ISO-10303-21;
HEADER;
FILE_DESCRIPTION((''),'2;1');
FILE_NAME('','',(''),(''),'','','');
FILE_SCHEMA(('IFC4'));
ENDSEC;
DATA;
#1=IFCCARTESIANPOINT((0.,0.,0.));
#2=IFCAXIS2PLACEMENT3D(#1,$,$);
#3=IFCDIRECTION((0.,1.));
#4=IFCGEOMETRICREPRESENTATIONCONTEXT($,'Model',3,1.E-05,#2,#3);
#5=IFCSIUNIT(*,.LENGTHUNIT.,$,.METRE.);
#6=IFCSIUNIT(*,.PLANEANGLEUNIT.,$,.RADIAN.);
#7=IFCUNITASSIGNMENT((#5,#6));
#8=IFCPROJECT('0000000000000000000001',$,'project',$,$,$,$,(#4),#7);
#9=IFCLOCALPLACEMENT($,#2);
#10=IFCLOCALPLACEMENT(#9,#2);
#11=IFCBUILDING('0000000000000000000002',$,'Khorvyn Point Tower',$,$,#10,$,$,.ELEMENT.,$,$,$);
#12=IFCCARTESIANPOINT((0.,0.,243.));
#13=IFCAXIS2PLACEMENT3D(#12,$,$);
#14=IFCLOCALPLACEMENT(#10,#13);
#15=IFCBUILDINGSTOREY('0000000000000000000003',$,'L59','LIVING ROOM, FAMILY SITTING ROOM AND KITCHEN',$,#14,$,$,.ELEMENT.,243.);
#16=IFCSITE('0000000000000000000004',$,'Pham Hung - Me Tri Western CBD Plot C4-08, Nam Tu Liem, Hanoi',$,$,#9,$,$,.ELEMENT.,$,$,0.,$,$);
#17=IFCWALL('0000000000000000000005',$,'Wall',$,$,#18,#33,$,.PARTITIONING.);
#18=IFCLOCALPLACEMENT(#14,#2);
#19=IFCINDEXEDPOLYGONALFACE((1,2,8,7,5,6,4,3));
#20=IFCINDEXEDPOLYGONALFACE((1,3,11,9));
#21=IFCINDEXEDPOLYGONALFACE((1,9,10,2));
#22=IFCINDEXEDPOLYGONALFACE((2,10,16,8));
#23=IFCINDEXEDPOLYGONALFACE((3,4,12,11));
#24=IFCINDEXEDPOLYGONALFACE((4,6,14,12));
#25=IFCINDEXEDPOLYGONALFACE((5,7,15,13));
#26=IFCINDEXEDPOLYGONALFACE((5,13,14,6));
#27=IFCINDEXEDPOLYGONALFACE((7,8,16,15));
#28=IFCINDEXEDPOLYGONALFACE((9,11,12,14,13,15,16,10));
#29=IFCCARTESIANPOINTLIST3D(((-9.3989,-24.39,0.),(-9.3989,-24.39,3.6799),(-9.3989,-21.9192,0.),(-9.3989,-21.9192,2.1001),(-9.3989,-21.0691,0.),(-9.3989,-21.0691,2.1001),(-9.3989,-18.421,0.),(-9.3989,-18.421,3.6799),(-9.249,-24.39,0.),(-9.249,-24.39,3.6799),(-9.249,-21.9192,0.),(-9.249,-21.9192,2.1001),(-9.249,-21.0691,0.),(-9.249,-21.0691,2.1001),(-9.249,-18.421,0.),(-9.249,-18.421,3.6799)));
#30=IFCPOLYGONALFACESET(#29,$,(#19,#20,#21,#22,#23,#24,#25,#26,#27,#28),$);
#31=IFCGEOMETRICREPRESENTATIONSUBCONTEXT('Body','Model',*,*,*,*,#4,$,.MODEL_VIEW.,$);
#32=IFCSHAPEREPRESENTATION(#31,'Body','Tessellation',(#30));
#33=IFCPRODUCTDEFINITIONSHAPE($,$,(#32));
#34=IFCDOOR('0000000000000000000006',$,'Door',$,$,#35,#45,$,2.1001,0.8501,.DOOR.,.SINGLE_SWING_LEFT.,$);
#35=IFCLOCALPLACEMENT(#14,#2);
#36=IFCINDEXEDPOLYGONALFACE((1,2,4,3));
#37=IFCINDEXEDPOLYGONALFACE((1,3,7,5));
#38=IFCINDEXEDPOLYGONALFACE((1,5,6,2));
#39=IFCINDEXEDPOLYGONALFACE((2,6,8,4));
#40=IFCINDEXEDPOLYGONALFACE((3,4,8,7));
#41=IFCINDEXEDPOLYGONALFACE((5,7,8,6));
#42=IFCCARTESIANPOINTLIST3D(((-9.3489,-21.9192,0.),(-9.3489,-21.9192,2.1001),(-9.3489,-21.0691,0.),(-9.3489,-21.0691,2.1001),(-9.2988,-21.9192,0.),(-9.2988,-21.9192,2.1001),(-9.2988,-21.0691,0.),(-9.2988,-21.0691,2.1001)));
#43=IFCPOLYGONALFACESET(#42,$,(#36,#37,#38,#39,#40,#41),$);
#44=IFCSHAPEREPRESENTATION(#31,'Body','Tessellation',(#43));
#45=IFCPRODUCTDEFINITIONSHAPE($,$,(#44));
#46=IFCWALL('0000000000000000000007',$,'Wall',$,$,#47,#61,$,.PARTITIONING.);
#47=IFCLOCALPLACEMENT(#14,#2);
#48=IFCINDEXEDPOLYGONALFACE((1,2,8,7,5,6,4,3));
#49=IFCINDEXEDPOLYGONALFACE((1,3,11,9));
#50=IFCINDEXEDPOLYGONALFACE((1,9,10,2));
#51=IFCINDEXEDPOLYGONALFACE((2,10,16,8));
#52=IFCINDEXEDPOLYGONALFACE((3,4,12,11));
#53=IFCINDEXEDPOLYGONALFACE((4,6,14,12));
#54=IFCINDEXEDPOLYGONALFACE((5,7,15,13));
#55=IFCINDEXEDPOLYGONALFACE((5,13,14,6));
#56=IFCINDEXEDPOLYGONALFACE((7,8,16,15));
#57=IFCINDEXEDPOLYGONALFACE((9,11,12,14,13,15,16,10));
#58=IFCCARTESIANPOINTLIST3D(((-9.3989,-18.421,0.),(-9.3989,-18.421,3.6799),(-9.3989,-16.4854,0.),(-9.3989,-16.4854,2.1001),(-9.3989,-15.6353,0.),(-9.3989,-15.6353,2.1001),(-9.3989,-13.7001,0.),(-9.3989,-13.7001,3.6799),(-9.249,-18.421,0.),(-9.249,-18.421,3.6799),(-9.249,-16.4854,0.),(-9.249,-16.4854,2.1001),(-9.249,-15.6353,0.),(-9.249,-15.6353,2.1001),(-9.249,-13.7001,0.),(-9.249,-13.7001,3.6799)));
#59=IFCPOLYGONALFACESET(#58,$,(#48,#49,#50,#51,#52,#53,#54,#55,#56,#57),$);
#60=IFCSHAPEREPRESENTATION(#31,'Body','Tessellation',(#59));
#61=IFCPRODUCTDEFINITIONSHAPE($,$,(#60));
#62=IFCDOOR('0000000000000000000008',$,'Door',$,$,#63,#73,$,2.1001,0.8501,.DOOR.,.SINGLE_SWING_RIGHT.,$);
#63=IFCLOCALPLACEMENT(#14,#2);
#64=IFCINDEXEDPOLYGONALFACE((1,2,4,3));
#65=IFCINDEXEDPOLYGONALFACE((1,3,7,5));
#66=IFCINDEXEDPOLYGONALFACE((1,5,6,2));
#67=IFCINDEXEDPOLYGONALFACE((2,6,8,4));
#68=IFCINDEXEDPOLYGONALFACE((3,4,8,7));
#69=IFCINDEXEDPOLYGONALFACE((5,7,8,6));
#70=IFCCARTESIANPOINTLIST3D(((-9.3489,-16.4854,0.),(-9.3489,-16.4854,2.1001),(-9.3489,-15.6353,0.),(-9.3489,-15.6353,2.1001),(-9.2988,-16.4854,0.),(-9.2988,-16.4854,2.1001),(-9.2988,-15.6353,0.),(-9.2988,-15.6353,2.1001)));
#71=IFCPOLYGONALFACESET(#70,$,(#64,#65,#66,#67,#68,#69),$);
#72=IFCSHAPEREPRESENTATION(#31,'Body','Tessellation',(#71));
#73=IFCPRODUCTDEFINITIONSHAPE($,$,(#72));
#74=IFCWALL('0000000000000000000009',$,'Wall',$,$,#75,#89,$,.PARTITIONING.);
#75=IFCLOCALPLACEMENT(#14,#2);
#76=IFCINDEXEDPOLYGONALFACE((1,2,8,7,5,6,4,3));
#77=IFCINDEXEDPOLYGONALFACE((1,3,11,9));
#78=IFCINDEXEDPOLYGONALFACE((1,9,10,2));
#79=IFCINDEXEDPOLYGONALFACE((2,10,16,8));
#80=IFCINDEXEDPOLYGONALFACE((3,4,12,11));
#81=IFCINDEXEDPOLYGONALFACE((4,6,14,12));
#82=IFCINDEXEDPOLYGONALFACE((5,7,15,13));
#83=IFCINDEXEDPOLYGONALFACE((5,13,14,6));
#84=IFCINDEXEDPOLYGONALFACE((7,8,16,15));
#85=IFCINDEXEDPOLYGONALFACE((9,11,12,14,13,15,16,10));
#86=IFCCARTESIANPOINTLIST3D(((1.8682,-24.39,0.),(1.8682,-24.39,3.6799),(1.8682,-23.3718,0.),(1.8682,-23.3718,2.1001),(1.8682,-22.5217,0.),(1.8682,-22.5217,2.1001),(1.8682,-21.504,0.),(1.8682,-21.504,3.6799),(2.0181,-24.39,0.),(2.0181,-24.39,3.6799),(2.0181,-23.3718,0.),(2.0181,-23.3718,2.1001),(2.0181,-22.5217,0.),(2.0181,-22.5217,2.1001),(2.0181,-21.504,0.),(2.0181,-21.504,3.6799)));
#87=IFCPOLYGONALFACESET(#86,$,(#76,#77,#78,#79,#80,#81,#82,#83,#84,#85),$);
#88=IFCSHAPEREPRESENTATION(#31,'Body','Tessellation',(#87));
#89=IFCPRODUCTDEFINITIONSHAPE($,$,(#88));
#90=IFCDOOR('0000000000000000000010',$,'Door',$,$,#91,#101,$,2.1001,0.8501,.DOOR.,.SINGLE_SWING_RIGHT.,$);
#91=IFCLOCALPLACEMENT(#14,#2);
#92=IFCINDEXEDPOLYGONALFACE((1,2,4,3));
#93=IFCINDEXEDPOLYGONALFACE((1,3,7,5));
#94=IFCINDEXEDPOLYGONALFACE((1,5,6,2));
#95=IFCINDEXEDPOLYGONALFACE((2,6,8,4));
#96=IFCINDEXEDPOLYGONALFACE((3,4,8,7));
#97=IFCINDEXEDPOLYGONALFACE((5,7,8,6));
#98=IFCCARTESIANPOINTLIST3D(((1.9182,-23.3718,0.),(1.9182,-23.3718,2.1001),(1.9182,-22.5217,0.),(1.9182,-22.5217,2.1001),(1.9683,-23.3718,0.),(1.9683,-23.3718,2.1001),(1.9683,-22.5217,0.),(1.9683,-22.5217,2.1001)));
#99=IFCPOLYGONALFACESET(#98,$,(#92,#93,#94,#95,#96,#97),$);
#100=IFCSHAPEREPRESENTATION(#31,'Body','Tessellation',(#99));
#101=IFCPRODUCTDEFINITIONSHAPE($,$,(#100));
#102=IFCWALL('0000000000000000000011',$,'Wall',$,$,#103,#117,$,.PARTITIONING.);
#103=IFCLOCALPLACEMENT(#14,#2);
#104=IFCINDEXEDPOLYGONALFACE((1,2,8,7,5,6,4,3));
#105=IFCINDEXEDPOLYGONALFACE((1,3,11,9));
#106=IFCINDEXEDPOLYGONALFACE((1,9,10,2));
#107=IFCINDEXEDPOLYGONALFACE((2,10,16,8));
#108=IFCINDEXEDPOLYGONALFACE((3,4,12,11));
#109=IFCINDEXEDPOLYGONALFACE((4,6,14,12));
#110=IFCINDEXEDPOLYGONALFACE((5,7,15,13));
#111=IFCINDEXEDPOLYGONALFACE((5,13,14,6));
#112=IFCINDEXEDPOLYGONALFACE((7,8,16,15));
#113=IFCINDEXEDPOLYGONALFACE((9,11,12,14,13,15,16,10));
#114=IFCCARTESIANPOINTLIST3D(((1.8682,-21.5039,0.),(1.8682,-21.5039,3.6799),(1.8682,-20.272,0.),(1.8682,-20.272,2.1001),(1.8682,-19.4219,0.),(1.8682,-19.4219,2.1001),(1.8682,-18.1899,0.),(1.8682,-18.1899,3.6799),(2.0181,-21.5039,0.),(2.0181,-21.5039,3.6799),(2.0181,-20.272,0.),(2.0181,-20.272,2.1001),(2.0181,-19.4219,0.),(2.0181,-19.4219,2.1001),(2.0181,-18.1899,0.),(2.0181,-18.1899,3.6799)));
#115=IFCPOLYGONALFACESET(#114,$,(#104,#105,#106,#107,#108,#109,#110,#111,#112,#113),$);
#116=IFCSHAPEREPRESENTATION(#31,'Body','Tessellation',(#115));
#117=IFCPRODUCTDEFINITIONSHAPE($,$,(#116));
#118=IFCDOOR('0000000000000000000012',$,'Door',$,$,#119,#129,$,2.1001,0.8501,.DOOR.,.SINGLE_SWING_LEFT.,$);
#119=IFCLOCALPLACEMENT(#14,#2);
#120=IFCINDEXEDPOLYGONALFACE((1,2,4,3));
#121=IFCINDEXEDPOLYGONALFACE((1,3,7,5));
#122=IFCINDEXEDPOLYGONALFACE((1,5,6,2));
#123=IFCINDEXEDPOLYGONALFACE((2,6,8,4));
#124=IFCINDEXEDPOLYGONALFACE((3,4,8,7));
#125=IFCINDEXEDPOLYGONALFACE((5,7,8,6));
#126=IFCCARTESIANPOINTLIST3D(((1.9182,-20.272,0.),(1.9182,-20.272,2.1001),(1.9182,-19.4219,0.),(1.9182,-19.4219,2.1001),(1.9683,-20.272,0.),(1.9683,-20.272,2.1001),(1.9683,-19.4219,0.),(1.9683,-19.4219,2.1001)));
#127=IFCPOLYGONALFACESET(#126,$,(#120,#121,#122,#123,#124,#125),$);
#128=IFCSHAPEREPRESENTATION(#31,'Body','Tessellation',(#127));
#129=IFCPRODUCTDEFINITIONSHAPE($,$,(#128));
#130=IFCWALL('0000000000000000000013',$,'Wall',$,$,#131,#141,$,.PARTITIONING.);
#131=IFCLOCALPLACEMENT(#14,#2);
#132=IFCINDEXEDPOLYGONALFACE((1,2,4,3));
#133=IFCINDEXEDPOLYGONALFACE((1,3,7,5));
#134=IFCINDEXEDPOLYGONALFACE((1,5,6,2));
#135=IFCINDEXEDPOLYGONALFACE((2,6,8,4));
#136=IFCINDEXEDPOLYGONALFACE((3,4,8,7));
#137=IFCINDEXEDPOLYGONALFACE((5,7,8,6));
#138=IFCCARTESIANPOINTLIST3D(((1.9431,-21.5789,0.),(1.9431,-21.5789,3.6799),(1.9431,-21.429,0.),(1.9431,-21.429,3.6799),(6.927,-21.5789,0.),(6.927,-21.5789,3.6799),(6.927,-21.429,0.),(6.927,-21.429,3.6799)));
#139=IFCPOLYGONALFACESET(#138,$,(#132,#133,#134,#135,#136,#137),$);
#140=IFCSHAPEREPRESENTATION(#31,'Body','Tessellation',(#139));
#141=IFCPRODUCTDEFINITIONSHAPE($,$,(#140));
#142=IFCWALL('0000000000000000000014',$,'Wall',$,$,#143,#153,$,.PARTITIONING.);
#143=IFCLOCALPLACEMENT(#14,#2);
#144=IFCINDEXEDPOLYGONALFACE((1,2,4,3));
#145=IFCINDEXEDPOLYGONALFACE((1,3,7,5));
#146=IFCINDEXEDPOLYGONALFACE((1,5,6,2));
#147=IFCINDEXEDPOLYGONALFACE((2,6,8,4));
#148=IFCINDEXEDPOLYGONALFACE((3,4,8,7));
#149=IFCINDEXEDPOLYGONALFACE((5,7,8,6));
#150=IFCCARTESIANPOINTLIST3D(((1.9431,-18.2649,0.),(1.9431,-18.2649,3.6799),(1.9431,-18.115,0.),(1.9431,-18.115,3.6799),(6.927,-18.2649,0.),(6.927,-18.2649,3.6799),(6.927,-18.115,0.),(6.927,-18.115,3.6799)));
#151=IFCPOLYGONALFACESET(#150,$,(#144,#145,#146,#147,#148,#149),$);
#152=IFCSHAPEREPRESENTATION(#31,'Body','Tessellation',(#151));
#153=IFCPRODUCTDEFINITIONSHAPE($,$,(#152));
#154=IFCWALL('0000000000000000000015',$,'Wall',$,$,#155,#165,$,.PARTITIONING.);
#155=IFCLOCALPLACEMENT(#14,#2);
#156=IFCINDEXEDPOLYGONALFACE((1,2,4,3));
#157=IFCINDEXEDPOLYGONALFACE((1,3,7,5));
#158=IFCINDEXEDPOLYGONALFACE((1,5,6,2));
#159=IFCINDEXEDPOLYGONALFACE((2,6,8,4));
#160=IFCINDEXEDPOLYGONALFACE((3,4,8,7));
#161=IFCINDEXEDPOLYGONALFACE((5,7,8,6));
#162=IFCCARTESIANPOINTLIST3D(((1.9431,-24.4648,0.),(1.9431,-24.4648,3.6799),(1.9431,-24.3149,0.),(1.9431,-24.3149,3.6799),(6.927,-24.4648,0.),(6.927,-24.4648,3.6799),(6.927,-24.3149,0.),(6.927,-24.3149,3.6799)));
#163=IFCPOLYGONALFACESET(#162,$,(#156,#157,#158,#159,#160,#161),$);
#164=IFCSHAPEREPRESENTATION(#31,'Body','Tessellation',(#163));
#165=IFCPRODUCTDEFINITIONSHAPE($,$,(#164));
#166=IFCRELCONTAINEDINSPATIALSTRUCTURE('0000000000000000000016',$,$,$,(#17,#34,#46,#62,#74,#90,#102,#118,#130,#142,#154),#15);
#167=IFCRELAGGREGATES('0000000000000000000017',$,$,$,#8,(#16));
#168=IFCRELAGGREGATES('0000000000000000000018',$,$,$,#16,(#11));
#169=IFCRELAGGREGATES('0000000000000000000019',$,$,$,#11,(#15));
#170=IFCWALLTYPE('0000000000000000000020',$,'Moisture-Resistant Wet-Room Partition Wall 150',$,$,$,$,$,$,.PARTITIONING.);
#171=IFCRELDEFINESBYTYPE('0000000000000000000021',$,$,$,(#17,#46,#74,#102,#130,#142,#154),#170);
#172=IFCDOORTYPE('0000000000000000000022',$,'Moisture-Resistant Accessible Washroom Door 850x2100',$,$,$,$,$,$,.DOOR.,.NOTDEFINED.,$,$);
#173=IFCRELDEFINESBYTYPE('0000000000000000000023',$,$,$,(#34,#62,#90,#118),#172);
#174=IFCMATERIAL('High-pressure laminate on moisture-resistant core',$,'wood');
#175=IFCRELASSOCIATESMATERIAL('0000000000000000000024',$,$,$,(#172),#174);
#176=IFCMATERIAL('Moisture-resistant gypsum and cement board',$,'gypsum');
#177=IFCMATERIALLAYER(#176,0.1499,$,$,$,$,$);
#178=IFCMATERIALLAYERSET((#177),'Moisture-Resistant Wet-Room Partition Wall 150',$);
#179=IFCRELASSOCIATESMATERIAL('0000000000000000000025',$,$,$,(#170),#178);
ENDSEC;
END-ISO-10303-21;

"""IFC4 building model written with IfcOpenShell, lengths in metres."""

from ifc_helpers import new_model, si_unit, direction, frame, frame_2d, origin, place, context, subcontext, project, spatial, rectangle, extrude, material, layer, layer_set, type_object, element, fill, save


model = new_model("IFC4")

# Units and contexts
model_context = context("Model", 3, precision=1e-05, world=origin(), true_north=direction((0.0, 1.0)))
body_context = subcontext(model_context, "Body", "Model", "MODEL_VIEW")
ifc_project = project(units=[si_unit("LENGTHUNIT", "METRE"), si_unit("PLANEANGLEUNIT", "RADIAN")], contexts=[model_context])

# Site, building, storey
site_placement = place(None, origin())
site = spatial("IfcSite", under=ifc_project, at=site_placement, Name="Pham Hung - Me Tri Western CBD Plot C4-08, Nam Tu Liem, Hanoi", CompositionType="ELEMENT", RefElevation=0.0)
building_placement = place(site_placement, origin())
building = spatial("IfcBuilding", under=site, at=building_placement, Name="Khorvyn Point Tower", CompositionType="ELEMENT")
storey_placement = place(building_placement, frame((0.0, 0.0, 243.0)))
storey = spatial("IfcBuildingStorey", under=building, at=storey_placement, Name="L59", Description="LIVING ROOM, FAMILY SITTING ROOM AND KITCHEN", CompositionType="ELEMENT", Elevation=243.0)

# Walls, openings, doors
ifc_material_1 = material(Name="High-pressure laminate on moisture-resistant core", Category="wood")
door_type_1 = type_object("IfcDoorType", Name="Moisture-Resistant Accessible Washroom Door 850x2100", OperationType="NOTDEFINED", PredefinedType="DOOR", material=ifc_material_1)
ifc_material_2 = material(Name="Moisture-resistant gypsum and cement board", Category="gypsum")
ifc_layer_1 = layer(ifc_material_2, 0.1499)
ifc_layer_set_1 = layer_set([ifc_layer_1], Name="Moisture-Resistant Wet-Room Partition Wall 150")
wall_type_1 = type_object("IfcWallType", Name="Moisture-Resistant Wet-Room Partition Wall 150", PredefinedType="PARTITIONING", material=ifc_layer_set_1)
wall_1_placement = place(storey_placement, frame((-9.324, -24.3899, 0.0), z_axis=(0.0, 0.0, 1.0), x_axis=(0.0, 1.0, 0.0)))
wall_1 = element("IfcWall", 1, at=wall_1_placement, inside=storey, type_object=wall_type_1, Name="Wall", PredefinedType="PARTITIONING", context=body_context, shape_type="SweptSolid", body=[
    extrude(rectangle(XDim=5.969, YDim=0.1499, at=frame_2d((2.9844, 0.0))), origin(), (0.0, 0.0, 1.0), 3.6799),
])
opening_1_placement = place(wall_1_placement, frame((2.4707, 0.0, 0.0)))
opening_1 = element("IfcOpeningElement", 2, at=opening_1_placement, cuts=wall_1, PredefinedType="OPENING", context=body_context, shape_type="SweptSolid", body=[
    extrude(rectangle(XDim=0.8501, YDim=2.1001, at=frame_2d((0.425, 1.05))), frame((0.0, 0.085, 0.0), z_axis=(0.0, -1.0, 0.0), x_axis=(1.0, 0.0, 0.0)), (0.0, 0.0, 1.0), 0.1699),
])
door_1_placement = place(opening_1_placement, origin())
door_1 = element("IfcDoor", 3, at=door_1_placement, inside=storey, type_object=door_type_1, Name="Door", OperationType="SINGLE_SWING_LEFT", OverallHeight=2.1001, OverallWidth=0.8501, PredefinedType="DOOR", context=body_context, shape_type="SweptSolid", body=[
    extrude(rectangle(XDim=0.8501, YDim=2.1001, at=frame_2d((0.425, 1.05))), frame((0.0, 0.0249, 0.0), z_axis=(0.0, -1.0, 0.0), x_axis=(1.0, 0.0, 0.0)), (0.0, 0.0, 1.0), 0.05),
])
fill(opening_1, door_1)
wall_2_placement = place(storey_placement, frame((-9.324, -18.4209, 0.0), z_axis=(0.0, 0.0, 1.0), x_axis=(0.0, 1.0, 0.0)))
wall_2 = element("IfcWall", 4, at=wall_2_placement, inside=storey, type_object=wall_type_1, Name="Wall", PredefinedType="PARTITIONING", context=body_context, shape_type="SweptSolid", body=[
    extrude(rectangle(XDim=4.7209, YDim=0.1499, at=frame_2d((2.3604, 0.0))), origin(), (0.0, 0.0, 1.0), 3.6799),
])
opening_2_placement = place(wall_2_placement, frame((1.9355, 0.0, 0.0)))
opening_2 = element("IfcOpeningElement", 5, at=opening_2_placement, cuts=wall_2, PredefinedType="OPENING", context=body_context, shape_type="SweptSolid", body=[
    extrude(rectangle(XDim=0.8501, YDim=2.1001, at=frame_2d((0.425, 1.05))), frame((0.0, 0.085, 0.0), z_axis=(0.0, -1.0, 0.0), x_axis=(1.0, 0.0, 0.0)), (0.0, 0.0, 1.0), 0.1699),
])
door_2_placement = place(opening_2_placement, origin())
door_2 = element("IfcDoor", 6, at=door_2_placement, inside=storey, type_object=door_type_1, Name="Door", OperationType="SINGLE_SWING_RIGHT", OverallHeight=2.1001, OverallWidth=0.8501, PredefinedType="DOOR", context=body_context, shape_type="SweptSolid", body=[
    extrude(rectangle(XDim=0.8501, YDim=2.1001, at=frame_2d((0.425, 1.05))), frame((0.0, 0.0249, 0.0), z_axis=(0.0, -1.0, 0.0), x_axis=(1.0, 0.0, 0.0)), (0.0, 0.0, 1.0), 0.05),
])
fill(opening_2, door_2)
wall_3_placement = place(storey_placement, frame((1.9431, -24.3899, 0.0), z_axis=(0.0, 0.0, 1.0), x_axis=(0.0, 1.0, 0.0)))
wall_3 = element("IfcWall", 7, at=wall_3_placement, inside=storey, type_object=wall_type_1, Name="Wall", PredefinedType="PARTITIONING", context=body_context, shape_type="SweptSolid", body=[
    extrude(rectangle(XDim=2.886, YDim=0.1499, at=frame_2d((1.4429, 0.0))), origin(), (0.0, 0.0, 1.0), 3.6799),
])
opening_3_placement = place(wall_3_placement, frame((1.0181, 0.0, 0.0)))
opening_3 = element("IfcOpeningElement", 8, at=opening_3_placement, cuts=wall_3, PredefinedType="OPENING", context=body_context, shape_type="SweptSolid", body=[
    extrude(rectangle(XDim=0.8501, YDim=2.1001, at=frame_2d((0.425, 1.05))), frame((0.0, 0.085, 0.0), z_axis=(0.0, -1.0, 0.0), x_axis=(1.0, 0.0, 0.0)), (0.0, 0.0, 1.0), 0.1699),
])
door_3_placement = place(opening_3_placement, origin())
door_3 = element("IfcDoor", 9, at=door_3_placement, inside=storey, type_object=door_type_1, Name="Door", OperationType="SINGLE_SWING_RIGHT", OverallHeight=2.1001, OverallWidth=0.8501, PredefinedType="DOOR", context=body_context, shape_type="SweptSolid", body=[
    extrude(rectangle(XDim=0.8501, YDim=2.1001, at=frame_2d((0.425, 1.05))), frame((0.0, 0.0249, 0.0), z_axis=(0.0, -1.0, 0.0), x_axis=(1.0, 0.0, 0.0)), (0.0, 0.0, 1.0), 0.05),
])
fill(opening_3, door_3)
wall_4_placement = place(storey_placement, frame((1.9431, -21.5039, 0.0), z_axis=(0.0, 0.0, 1.0), x_axis=(0.0, 1.0, 0.0)))
wall_4 = element("IfcWall", 10, at=wall_4_placement, inside=storey, type_object=wall_type_1, Name="Wall", PredefinedType="PARTITIONING", context=body_context, shape_type="SweptSolid", body=[
    extrude(rectangle(XDim=3.314, YDim=0.1499, at=frame_2d((1.657, 0.0))), origin(), (0.0, 0.0, 1.0), 3.6799),
])
opening_4_placement = place(wall_4_placement, frame((1.2319, 0.0, 0.0)))
opening_4 = element("IfcOpeningElement", 11, at=opening_4_placement, cuts=wall_4, PredefinedType="OPENING", context=body_context, shape_type="SweptSolid", body=[
    extrude(rectangle(XDim=0.8501, YDim=2.1001, at=frame_2d((0.425, 1.05))), frame((0.0, 0.085, 0.0), z_axis=(0.0, -1.0, 0.0), x_axis=(1.0, 0.0, 0.0)), (0.0, 0.0, 1.0), 0.1699),
])
door_4_placement = place(opening_4_placement, origin())
door_4 = element("IfcDoor", 12, at=door_4_placement, inside=storey, type_object=door_type_1, Name="Door", OperationType="SINGLE_SWING_LEFT", OverallHeight=2.1001, OverallWidth=0.8501, PredefinedType="DOOR", context=body_context, shape_type="SweptSolid", body=[
    extrude(rectangle(XDim=0.8501, YDim=2.1001, at=frame_2d((0.425, 1.05))), frame((0.0, 0.0249, 0.0), z_axis=(0.0, -1.0, 0.0), x_axis=(1.0, 0.0, 0.0)), (0.0, 0.0, 1.0), 0.05),
])
fill(opening_4, door_4)

# Walls
for number, where, z_axis, x_axis, name in (
    (13, (1.9431, -21.5039, 0.0), (0.0, 0.0, 1.0), (1.0, 0.0, 0.0), "Wall"),
    (14, (1.9431, -18.1899, 0.0), (0.0, 0.0, 1.0), (1.0, 0.0, 0.0), "Wall"),
    (15, (1.9431, -24.3899, 0.0), (0.0, 0.0, 1.0), (1.0, 0.0, 0.0), "Wall"),
):
    element("IfcWall", number, at=place(storey_placement, frame(where, z_axis=z_axis, x_axis=x_axis)), inside=storey, type_object=wall_type_1, Name=name, PredefinedType="PARTITIONING", context=body_context, shape_type="SweptSolid", body=[
        extrude(rectangle(XDim=4.9839, YDim=0.1499, at=frame_2d((2.4919, 0.0))), origin(), (0.0, 0.0, 1.0), 3.6799),
    ])

save(model, "model.ifc")
